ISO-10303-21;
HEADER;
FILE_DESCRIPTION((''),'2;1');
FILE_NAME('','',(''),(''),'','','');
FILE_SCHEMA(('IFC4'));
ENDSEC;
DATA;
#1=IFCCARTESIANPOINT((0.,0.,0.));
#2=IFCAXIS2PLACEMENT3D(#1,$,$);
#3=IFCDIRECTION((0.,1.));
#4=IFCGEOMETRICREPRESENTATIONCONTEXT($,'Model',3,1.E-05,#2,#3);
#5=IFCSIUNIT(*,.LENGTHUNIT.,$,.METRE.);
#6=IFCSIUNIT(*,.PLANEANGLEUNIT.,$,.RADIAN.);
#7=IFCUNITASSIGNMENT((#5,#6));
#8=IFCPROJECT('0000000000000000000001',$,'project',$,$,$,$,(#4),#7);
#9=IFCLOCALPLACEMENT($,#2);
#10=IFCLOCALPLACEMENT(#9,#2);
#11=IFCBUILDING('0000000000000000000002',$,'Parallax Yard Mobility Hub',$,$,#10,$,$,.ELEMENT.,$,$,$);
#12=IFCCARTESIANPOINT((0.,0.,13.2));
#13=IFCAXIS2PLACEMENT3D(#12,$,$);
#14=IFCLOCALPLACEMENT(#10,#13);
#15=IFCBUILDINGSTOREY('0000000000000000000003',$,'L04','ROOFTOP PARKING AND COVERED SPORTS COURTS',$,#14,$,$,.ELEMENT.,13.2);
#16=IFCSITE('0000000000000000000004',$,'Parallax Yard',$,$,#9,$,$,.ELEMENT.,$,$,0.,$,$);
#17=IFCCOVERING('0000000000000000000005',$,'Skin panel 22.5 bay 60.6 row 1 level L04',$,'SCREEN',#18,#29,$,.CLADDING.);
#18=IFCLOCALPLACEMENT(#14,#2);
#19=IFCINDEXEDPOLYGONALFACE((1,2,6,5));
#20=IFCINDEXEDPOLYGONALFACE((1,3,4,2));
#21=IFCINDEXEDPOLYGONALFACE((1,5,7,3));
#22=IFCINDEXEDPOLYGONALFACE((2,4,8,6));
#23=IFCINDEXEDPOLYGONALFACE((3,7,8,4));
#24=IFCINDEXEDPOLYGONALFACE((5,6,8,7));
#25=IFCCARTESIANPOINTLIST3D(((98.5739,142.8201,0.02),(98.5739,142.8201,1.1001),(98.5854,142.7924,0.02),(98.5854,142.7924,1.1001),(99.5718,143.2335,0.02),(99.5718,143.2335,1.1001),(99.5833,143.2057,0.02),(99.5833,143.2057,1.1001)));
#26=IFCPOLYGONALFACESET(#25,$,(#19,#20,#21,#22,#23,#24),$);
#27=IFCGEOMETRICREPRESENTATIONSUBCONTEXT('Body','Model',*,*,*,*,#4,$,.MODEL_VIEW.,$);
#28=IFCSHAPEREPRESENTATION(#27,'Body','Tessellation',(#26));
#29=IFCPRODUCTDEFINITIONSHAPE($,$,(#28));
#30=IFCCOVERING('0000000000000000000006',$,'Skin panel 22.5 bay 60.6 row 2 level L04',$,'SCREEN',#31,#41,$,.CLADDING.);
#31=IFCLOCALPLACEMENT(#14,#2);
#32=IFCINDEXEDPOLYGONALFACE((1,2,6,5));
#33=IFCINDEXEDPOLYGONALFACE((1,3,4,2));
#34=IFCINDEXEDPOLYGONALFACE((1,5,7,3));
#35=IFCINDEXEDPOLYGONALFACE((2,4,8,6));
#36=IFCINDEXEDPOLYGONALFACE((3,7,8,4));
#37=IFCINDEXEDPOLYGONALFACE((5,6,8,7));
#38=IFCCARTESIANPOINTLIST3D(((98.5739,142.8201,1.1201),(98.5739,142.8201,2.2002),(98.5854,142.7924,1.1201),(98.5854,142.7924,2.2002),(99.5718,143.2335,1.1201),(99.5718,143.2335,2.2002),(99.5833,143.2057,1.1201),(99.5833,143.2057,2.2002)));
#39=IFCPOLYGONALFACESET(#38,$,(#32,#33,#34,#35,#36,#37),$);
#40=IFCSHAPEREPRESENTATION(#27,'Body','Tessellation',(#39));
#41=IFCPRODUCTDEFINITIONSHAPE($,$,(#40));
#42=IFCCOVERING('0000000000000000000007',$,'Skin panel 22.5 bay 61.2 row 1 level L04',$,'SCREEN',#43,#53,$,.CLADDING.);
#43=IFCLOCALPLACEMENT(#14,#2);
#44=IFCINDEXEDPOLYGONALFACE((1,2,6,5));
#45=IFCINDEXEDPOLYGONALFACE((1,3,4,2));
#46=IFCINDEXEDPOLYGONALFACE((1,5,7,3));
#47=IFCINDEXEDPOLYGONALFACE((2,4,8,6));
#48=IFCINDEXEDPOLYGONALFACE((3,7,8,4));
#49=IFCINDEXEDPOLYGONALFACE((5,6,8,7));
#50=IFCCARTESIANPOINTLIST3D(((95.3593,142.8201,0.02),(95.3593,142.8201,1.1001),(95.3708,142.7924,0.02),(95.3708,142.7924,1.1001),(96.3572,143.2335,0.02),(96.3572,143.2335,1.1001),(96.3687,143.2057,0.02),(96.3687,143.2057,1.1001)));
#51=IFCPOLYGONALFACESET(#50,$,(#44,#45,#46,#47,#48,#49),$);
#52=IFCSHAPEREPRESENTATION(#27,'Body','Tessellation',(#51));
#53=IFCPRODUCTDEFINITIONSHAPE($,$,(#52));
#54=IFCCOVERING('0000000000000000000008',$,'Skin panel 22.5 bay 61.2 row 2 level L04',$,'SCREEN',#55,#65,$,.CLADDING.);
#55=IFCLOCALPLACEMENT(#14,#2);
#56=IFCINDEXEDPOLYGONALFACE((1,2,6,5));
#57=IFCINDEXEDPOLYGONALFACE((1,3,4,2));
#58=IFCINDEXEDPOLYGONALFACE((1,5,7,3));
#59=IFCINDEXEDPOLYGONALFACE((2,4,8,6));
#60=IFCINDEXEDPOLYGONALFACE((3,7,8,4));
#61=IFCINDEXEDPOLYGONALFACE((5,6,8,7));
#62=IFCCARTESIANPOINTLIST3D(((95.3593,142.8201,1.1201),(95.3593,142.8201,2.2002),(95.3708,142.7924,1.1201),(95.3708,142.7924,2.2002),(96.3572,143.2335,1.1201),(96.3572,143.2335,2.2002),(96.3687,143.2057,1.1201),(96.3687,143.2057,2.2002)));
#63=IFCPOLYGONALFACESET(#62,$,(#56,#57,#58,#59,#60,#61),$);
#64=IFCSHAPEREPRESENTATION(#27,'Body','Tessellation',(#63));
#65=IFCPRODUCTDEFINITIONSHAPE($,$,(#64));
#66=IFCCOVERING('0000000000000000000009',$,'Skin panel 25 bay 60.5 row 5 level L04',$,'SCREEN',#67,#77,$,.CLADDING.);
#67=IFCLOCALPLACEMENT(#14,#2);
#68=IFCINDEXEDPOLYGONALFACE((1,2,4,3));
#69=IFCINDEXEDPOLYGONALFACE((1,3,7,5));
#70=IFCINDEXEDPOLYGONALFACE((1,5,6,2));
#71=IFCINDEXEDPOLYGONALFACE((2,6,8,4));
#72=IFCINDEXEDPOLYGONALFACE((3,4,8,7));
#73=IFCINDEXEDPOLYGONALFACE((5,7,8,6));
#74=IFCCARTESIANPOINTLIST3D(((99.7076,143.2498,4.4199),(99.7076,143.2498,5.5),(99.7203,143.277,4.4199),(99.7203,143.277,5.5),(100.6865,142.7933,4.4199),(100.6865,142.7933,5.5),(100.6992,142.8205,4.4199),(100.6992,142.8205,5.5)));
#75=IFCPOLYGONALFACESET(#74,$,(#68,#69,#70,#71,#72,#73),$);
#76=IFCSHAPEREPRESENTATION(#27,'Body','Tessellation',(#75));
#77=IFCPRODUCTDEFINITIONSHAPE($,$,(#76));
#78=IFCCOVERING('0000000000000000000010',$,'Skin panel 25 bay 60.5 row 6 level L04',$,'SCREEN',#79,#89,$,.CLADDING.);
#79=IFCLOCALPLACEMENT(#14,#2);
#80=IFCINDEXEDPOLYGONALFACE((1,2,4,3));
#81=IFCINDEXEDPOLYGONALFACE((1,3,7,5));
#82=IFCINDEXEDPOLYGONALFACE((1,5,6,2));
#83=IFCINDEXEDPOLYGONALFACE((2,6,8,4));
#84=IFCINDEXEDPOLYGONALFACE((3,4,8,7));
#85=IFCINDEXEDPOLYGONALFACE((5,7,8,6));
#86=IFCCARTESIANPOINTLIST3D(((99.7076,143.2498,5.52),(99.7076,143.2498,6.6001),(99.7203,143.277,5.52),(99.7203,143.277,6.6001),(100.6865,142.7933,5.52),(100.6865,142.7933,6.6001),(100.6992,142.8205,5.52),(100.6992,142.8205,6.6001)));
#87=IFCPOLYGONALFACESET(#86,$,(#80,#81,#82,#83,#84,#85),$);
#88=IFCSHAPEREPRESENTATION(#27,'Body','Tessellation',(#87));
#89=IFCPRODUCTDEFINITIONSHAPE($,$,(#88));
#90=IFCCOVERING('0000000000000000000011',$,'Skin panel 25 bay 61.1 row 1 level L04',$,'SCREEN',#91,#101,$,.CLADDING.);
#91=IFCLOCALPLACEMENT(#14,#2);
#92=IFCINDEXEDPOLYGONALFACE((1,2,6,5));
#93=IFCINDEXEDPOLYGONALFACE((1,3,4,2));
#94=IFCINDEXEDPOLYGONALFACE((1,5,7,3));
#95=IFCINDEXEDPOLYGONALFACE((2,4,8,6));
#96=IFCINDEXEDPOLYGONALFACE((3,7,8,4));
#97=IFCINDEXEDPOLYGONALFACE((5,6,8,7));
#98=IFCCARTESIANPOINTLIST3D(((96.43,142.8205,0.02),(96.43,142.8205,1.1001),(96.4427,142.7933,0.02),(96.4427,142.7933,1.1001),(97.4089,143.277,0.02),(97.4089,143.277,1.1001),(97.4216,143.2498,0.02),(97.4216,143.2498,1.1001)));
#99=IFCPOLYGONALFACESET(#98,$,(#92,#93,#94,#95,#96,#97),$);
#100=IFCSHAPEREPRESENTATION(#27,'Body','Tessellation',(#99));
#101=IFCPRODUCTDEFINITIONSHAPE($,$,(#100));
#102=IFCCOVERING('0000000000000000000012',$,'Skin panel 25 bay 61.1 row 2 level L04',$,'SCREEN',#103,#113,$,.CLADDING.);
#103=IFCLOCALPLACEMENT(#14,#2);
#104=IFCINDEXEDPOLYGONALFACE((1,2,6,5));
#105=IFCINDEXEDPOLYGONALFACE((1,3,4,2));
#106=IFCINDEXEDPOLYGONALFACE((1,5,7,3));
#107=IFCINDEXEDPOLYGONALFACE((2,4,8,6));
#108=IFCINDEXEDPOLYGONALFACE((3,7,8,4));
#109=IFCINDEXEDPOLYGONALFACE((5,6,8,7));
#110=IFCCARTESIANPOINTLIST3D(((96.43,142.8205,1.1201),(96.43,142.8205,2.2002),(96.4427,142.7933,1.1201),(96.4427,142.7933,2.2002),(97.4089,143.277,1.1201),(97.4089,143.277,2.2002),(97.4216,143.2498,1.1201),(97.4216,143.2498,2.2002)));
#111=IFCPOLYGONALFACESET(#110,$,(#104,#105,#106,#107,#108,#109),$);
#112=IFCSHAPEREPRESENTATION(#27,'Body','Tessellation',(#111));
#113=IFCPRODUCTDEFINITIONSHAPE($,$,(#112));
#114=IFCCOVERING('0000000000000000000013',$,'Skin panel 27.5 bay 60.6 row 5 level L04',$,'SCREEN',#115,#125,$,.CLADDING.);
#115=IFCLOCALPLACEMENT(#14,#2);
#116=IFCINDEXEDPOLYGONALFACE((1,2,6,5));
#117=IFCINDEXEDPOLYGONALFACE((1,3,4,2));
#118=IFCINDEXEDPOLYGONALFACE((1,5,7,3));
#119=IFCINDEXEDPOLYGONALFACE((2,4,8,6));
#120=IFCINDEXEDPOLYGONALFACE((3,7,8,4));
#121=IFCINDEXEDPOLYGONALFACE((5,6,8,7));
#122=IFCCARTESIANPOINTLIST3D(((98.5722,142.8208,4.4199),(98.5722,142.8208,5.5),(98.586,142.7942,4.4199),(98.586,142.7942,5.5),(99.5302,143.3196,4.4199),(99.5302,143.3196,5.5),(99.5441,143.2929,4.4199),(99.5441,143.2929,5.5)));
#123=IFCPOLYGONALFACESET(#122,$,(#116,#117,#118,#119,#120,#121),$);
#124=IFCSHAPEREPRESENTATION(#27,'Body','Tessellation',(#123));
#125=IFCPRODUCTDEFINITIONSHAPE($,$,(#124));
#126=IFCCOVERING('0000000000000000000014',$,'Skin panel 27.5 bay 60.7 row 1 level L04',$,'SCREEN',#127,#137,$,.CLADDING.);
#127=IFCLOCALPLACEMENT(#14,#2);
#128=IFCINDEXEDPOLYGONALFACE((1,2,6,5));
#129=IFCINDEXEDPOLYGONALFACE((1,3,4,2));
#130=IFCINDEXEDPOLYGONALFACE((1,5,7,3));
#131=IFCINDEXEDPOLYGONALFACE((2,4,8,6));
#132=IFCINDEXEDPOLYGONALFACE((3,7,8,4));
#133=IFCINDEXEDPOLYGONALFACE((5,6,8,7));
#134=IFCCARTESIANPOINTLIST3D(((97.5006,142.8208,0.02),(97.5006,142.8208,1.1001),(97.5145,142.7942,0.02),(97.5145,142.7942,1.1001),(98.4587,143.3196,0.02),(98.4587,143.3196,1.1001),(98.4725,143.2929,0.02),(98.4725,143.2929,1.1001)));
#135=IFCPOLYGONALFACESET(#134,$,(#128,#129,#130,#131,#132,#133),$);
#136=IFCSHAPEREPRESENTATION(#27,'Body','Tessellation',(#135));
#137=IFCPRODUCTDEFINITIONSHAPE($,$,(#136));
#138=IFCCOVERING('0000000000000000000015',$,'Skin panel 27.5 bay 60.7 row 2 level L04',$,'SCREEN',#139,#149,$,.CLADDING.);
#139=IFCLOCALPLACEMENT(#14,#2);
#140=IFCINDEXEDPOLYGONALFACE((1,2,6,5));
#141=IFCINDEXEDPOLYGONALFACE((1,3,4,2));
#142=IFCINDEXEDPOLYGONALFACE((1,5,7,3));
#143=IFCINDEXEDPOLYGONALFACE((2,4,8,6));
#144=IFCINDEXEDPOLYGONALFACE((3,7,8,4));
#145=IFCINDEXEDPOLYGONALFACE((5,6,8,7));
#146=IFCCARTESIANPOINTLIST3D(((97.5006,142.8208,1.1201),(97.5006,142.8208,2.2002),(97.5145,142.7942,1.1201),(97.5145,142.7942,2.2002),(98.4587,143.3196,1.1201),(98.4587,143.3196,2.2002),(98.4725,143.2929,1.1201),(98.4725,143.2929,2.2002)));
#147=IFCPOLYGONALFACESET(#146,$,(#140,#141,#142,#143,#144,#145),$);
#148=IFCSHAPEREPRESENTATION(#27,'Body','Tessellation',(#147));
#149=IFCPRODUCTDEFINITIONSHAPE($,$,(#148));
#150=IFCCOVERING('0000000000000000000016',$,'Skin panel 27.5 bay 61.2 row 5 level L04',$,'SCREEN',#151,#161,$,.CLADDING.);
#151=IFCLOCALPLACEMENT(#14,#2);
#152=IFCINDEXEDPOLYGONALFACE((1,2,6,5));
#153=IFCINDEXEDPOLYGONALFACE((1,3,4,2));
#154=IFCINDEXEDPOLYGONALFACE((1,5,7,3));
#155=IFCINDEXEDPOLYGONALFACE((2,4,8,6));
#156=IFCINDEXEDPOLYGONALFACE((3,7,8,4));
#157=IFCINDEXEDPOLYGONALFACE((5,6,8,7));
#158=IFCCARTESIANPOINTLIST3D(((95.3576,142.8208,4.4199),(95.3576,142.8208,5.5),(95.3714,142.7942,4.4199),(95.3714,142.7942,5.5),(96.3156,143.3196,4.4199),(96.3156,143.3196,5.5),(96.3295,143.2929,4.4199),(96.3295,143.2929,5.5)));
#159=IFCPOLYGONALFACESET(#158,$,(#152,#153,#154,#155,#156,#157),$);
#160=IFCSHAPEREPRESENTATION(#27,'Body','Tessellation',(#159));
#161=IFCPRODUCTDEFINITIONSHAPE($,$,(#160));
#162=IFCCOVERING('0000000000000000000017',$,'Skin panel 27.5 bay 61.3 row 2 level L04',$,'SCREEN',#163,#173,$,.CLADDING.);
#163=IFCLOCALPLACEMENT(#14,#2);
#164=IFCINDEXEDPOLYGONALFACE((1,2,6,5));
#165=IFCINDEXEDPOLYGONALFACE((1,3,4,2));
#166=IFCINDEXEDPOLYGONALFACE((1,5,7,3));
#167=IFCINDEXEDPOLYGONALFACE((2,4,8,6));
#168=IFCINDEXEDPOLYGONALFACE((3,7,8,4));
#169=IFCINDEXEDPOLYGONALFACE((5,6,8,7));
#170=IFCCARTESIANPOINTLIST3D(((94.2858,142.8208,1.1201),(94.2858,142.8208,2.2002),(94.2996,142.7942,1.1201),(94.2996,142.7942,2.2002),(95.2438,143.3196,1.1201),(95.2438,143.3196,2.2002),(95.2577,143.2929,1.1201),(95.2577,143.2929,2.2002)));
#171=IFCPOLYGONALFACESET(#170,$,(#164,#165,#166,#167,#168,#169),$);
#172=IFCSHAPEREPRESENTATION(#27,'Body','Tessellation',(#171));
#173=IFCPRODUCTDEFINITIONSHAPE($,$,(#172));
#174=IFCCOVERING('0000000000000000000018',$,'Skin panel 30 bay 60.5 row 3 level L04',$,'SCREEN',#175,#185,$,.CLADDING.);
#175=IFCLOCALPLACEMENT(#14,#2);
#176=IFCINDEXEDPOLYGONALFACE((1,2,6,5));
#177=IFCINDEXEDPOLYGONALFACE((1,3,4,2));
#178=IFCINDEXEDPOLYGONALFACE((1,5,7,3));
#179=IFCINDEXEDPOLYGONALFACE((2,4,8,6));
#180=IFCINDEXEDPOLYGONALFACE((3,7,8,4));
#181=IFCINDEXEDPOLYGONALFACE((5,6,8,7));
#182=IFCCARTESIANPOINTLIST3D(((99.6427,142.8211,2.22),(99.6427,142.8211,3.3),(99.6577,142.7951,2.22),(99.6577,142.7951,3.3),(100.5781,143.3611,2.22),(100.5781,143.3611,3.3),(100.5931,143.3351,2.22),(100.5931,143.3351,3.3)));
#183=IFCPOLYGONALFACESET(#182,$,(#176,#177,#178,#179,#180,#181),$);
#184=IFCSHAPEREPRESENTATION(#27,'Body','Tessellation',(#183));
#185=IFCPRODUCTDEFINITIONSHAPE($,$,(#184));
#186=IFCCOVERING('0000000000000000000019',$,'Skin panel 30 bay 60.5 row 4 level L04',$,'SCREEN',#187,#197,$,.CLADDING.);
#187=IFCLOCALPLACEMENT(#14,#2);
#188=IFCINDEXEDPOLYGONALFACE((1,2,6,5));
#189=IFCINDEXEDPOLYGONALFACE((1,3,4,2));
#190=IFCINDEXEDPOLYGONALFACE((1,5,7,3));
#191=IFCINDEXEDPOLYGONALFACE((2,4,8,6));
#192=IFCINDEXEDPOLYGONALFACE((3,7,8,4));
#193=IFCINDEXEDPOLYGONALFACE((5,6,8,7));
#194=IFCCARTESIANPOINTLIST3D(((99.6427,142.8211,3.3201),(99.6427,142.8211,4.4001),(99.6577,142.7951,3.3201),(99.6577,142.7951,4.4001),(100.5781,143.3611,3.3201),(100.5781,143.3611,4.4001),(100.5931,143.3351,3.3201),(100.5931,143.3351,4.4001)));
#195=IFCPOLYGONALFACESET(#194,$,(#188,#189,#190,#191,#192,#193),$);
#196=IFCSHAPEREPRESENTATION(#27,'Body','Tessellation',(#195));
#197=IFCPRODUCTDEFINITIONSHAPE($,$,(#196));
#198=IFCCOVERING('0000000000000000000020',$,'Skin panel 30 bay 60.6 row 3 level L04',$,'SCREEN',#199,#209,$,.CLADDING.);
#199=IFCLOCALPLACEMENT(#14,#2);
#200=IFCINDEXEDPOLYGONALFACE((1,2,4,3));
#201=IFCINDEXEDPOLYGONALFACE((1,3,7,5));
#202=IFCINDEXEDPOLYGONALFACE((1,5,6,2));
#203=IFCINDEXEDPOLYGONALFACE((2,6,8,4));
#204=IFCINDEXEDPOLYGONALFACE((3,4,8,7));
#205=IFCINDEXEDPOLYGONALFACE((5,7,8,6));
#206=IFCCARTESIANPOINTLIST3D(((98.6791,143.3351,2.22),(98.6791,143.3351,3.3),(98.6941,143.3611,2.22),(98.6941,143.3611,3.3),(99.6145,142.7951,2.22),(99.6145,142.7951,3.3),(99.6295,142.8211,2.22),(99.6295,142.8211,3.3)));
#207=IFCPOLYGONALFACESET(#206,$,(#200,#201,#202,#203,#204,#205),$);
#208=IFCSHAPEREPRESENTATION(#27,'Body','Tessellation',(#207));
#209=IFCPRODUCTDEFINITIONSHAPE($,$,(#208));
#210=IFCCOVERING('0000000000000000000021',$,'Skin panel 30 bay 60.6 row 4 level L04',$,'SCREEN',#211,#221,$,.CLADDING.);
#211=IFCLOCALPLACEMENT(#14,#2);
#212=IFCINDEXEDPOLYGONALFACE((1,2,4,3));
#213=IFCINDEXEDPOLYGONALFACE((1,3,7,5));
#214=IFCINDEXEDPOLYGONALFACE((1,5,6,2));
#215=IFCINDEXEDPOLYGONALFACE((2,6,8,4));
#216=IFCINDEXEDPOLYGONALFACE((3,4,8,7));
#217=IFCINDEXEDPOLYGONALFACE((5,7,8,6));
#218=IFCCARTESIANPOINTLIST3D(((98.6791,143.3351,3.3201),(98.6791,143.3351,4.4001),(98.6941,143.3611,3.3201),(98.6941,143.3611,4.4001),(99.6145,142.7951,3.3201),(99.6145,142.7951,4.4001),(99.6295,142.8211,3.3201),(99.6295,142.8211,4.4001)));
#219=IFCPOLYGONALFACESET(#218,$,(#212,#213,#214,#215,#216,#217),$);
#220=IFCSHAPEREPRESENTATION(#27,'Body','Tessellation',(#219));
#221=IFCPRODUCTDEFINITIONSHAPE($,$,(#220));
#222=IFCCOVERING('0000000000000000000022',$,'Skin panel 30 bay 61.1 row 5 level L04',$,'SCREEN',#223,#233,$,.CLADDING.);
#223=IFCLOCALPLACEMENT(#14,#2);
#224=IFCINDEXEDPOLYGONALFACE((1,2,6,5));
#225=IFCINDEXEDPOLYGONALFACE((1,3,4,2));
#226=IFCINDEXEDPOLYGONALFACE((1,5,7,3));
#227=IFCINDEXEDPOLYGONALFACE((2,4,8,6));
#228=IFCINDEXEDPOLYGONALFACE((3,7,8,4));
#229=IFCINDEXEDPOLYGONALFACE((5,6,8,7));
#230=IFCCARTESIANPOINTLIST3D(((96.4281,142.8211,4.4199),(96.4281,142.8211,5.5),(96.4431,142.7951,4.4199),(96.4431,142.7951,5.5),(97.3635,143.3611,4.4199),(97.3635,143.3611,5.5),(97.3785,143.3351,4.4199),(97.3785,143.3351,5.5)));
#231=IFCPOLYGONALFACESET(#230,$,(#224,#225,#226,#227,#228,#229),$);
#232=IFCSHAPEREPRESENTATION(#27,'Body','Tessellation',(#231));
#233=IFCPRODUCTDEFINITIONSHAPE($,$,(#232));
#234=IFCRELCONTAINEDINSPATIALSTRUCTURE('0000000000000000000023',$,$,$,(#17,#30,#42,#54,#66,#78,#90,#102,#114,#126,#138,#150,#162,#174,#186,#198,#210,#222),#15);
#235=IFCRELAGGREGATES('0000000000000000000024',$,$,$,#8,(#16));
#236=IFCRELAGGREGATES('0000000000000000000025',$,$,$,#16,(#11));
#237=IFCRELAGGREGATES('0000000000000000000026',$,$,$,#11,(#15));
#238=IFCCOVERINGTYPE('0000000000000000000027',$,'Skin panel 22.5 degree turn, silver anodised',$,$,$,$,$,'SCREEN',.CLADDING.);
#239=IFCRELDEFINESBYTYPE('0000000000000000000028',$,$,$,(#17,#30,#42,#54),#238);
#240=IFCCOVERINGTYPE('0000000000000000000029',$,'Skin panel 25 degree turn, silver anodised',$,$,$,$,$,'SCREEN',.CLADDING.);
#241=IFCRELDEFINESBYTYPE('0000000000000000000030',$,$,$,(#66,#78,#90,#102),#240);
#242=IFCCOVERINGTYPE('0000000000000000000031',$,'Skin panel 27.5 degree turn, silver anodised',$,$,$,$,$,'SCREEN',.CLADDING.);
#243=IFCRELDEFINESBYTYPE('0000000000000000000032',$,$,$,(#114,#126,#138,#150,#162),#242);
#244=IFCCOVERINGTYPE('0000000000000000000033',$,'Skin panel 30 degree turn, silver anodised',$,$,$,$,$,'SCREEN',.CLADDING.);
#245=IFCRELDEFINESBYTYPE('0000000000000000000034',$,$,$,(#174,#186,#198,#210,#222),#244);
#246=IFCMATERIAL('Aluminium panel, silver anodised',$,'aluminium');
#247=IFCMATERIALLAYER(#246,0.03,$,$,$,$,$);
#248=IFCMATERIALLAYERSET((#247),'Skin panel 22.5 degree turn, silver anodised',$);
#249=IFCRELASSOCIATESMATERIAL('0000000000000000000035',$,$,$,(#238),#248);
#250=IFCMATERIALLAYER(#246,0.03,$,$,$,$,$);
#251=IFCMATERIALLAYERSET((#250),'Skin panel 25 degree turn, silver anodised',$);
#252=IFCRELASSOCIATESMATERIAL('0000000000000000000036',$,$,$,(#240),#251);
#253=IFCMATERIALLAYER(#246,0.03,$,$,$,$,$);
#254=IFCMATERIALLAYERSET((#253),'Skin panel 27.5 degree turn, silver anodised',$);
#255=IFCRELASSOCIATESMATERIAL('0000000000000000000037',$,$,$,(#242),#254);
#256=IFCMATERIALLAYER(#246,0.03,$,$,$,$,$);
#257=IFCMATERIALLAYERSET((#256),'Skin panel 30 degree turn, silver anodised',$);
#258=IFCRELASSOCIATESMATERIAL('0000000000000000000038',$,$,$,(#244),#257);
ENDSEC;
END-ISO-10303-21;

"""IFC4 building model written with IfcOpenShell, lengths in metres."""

from ifc_helpers import new_model, si_unit, direction, frame, origin, origin_2d, place, context, subcontext, project, spatial, rectangle, extrude, material, layer, layer_set, type_object, element, save


model = new_model("IFC4")

# Units and contexts
model_context = context("Model", 3, precision=1e-05, world=origin(), true_north=direction((0.0, 1.0)))
body_context = subcontext(model_context, "Body", "Model", "MODEL_VIEW")
ifc_project = project(units=[si_unit("LENGTHUNIT", "METRE"), si_unit("PLANEANGLEUNIT", "RADIAN")], contexts=[model_context])

# Site, building, storey
site_placement = place(None, origin())
site = spatial("IfcSite", under=ifc_project, at=site_placement, Name="Parallax Yard", CompositionType="ELEMENT", RefElevation=0.0)
building_placement = place(site_placement, origin())
building = spatial("IfcBuilding", under=site, at=building_placement, Name="Parallax Yard Mobility Hub", CompositionType="ELEMENT")
storey_placement = place(building_placement, frame((0.0, 0.0, 13.2)))
storey = spatial("IfcBuildingStorey", under=building, at=storey_placement, Name="L04", Description="ROOFTOP PARKING AND COVERED SPORTS COURTS", CompositionType="ELEMENT", Elevation=13.2)

# Coverings
ifc_material_1 = material(Name="Aluminium panel, silver anodised", Category="aluminium")
ifc_layer_1 = layer(ifc_material_1, 0.03)
ifc_layer_set_1 = layer_set([ifc_layer_1], Name="Skin panel 22.5 degree turn, silver anodised")
covering_type_1 = type_object("IfcCoveringType", Name="Skin panel 22.5 degree turn, silver anodised", ElementType="SCREEN", PredefinedType="CLADDING", material=ifc_layer_set_1)
for number, where, z_axis, x_axis, name in (
    (1, (99.0786, 143.0129, 0.02), (0.0, 0.0, 1.0), (0.92388, 0.382683, 0.0), "Skin panel 22.5 bay 60.6 row 1 level L04"),
    (2, (99.0786, 143.0129, 1.1201), (0.0, 0.0, 1.0), (0.92388, 0.382683, 0.0), "Skin panel 22.5 bay 60.6 row 2 level L04"),
    (3, (95.864, 143.0129, 0.02), (0.0, 0.0, 1.0), (0.92388, 0.382683, 0.0), "Skin panel 22.5 bay 61.2 row 1 level L04"),
    (4, (95.864, 143.0129, 1.1201), (0.0, 0.0, 1.0), (0.92388, 0.382683, 0.0), "Skin panel 22.5 bay 61.2 row 2 level L04"),
):
    element("IfcCovering", number, at=place(storey_placement, frame(where, z_axis=z_axis, x_axis=x_axis)), inside=storey, type_object=covering_type_1, Name=name, ObjectType="SCREEN", PredefinedType="CLADDING", context=body_context, shape_type="SweptSolid", body=[
        extrude(rectangle(XDim=1.0801, YDim=0.03, at=origin_2d()), origin(), (0.0, 0.0, 1.0), 1.0801),
    ])
ifc_layer_2 = layer(ifc_material_1, 0.03)
ifc_layer_set_2 = layer_set([ifc_layer_2], Name="Skin panel 25 degree turn, silver anodised")
covering_type_2 = type_object("IfcCoveringType", Name="Skin panel 25 degree turn, silver anodised", ElementType="SCREEN", PredefinedType="CLADDING", material=ifc_layer_set_2)
for number, where, z_axis, x_axis, name in (
    (5, (100.2034, 143.0352, 4.4199), (0.0, 0.0, 1.0), (-0.906308, 0.422618, 0.0), "Skin panel 25 bay 60.5 row 5 level L04"),
    (6, (100.2034, 143.0352, 5.52), (0.0, 0.0, 1.0), (-0.906308, 0.422618, 0.0), "Skin panel 25 bay 60.5 row 6 level L04"),
    (7, (96.9258, 143.0352, 0.02), (0.0, 0.0, 1.0), (0.906308, 0.422618, 0.0), "Skin panel 25 bay 61.1 row 1 level L04"),
    (8, (96.9258, 143.0352, 1.1201), (0.0, 0.0, 1.0), (0.906308, 0.422618, 0.0), "Skin panel 25 bay 61.1 row 2 level L04"),
):
    element("IfcCovering", number, at=place(storey_placement, frame(where, z_axis=z_axis, x_axis=x_axis)), inside=storey, type_object=covering_type_2, Name=name, ObjectType="SCREEN", PredefinedType="CLADDING", context=body_context, shape_type="SweptSolid", body=[
        extrude(rectangle(XDim=1.0801, YDim=0.03, at=origin_2d()), origin(), (0.0, 0.0, 1.0), 1.0801),
    ])
ifc_layer_3 = layer(ifc_material_1, 0.03)
ifc_layer_set_3 = layer_set([ifc_layer_3], Name="Skin panel 27.5 degree turn, silver anodised")
covering_type_3 = type_object("IfcCoveringType", Name="Skin panel 27.5 degree turn, silver anodised", ElementType="SCREEN", PredefinedType="CLADDING", material=ifc_layer_set_3)
for number, where, z_axis, x_axis, name in (
    (9, (99.0581, 143.0569, 4.4199), (0.0, 0.0, 1.0), (0.887011, 0.461749, 0.0), "Skin panel 27.5 bay 60.6 row 5 level L04"),
    (10, (97.9866, 143.0569, 0.02), (0.0, 0.0, 1.0), (0.887011, 0.461749, 0.0), "Skin panel 27.5 bay 60.7 row 1 level L04"),
    (11, (97.9866, 143.0569, 1.1201), (0.0, 0.0, 1.0), (0.887011, 0.461749, 0.0), "Skin panel 27.5 bay 60.7 row 2 level L04"),
    (12, (95.8435, 143.0569, 4.4199), (0.0, 0.0, 1.0), (0.887011, 0.461749, 0.0), "Skin panel 27.5 bay 61.2 row 5 level L04"),
    (13, (94.7717, 143.0569, 1.1201), (0.0, 0.0, 1.0), (0.887011, 0.461749, 0.0), "Skin panel 27.5 bay 61.3 row 2 level L04"),
):
    element("IfcCovering", number, at=place(storey_placement, frame(where, z_axis=z_axis, x_axis=x_axis)), inside=storey, type_object=covering_type_3, Name=name, ObjectType="SCREEN", PredefinedType="CLADDING", context=body_context, shape_type="SweptSolid", body=[
        extrude(rectangle(XDim=1.0801, YDim=0.03, at=origin_2d()), origin(), (0.0, 0.0, 1.0), 1.0801),
    ])
ifc_layer_4 = layer(ifc_material_1, 0.03)
ifc_layer_set_4 = layer_set([ifc_layer_4], Name="Skin panel 30 degree turn, silver anodised")
covering_type_4 = type_object("IfcCoveringType", Name="Skin panel 30 degree turn, silver anodised", ElementType="SCREEN", PredefinedType="CLADDING", material=ifc_layer_set_4)
for number, where, z_axis, x_axis, name in (
    (14, (100.1179, 143.0781, 2.22), (0.0, 0.0, 1.0), (0.866025, 0.5, 0.0), "Skin panel 30 bay 60.5 row 3 level L04"),
    (15, (100.1179, 143.0781, 3.3201), (0.0, 0.0, 1.0), (0.866025, 0.5, 0.0), "Skin panel 30 bay 60.5 row 4 level L04"),
    (16, (99.1543, 143.0781, 2.22), (0.0, 0.0, 1.0), (-0.866025, 0.5, 0.0), "Skin panel 30 bay 60.6 row 3 level L04"),
    (17, (99.1543, 143.0781, 3.3201), (0.0, 0.0, 1.0), (-0.866025, 0.5, 0.0), "Skin panel 30 bay 60.6 row 4 level L04"),
    (18, (96.9033, 143.0781, 4.4199), (0.0, 0.0, 1.0), (0.866025, 0.5, 0.0), "Skin panel 30 bay 61.1 row 5 level L04"),
):
    element("IfcCovering", number, at=place(storey_placement, frame(where, z_axis=z_axis, x_axis=x_axis)), inside=storey, type_object=covering_type_4, Name=name, ObjectType="SCREEN", PredefinedType="CLADDING", context=body_context, shape_type="SweptSolid", body=[
        extrude(rectangle(XDim=1.0801, YDim=0.03, at=origin_2d()), origin(), (0.0, 0.0, 1.0), 1.0801),
    ])

save(model, "model.ifc")
